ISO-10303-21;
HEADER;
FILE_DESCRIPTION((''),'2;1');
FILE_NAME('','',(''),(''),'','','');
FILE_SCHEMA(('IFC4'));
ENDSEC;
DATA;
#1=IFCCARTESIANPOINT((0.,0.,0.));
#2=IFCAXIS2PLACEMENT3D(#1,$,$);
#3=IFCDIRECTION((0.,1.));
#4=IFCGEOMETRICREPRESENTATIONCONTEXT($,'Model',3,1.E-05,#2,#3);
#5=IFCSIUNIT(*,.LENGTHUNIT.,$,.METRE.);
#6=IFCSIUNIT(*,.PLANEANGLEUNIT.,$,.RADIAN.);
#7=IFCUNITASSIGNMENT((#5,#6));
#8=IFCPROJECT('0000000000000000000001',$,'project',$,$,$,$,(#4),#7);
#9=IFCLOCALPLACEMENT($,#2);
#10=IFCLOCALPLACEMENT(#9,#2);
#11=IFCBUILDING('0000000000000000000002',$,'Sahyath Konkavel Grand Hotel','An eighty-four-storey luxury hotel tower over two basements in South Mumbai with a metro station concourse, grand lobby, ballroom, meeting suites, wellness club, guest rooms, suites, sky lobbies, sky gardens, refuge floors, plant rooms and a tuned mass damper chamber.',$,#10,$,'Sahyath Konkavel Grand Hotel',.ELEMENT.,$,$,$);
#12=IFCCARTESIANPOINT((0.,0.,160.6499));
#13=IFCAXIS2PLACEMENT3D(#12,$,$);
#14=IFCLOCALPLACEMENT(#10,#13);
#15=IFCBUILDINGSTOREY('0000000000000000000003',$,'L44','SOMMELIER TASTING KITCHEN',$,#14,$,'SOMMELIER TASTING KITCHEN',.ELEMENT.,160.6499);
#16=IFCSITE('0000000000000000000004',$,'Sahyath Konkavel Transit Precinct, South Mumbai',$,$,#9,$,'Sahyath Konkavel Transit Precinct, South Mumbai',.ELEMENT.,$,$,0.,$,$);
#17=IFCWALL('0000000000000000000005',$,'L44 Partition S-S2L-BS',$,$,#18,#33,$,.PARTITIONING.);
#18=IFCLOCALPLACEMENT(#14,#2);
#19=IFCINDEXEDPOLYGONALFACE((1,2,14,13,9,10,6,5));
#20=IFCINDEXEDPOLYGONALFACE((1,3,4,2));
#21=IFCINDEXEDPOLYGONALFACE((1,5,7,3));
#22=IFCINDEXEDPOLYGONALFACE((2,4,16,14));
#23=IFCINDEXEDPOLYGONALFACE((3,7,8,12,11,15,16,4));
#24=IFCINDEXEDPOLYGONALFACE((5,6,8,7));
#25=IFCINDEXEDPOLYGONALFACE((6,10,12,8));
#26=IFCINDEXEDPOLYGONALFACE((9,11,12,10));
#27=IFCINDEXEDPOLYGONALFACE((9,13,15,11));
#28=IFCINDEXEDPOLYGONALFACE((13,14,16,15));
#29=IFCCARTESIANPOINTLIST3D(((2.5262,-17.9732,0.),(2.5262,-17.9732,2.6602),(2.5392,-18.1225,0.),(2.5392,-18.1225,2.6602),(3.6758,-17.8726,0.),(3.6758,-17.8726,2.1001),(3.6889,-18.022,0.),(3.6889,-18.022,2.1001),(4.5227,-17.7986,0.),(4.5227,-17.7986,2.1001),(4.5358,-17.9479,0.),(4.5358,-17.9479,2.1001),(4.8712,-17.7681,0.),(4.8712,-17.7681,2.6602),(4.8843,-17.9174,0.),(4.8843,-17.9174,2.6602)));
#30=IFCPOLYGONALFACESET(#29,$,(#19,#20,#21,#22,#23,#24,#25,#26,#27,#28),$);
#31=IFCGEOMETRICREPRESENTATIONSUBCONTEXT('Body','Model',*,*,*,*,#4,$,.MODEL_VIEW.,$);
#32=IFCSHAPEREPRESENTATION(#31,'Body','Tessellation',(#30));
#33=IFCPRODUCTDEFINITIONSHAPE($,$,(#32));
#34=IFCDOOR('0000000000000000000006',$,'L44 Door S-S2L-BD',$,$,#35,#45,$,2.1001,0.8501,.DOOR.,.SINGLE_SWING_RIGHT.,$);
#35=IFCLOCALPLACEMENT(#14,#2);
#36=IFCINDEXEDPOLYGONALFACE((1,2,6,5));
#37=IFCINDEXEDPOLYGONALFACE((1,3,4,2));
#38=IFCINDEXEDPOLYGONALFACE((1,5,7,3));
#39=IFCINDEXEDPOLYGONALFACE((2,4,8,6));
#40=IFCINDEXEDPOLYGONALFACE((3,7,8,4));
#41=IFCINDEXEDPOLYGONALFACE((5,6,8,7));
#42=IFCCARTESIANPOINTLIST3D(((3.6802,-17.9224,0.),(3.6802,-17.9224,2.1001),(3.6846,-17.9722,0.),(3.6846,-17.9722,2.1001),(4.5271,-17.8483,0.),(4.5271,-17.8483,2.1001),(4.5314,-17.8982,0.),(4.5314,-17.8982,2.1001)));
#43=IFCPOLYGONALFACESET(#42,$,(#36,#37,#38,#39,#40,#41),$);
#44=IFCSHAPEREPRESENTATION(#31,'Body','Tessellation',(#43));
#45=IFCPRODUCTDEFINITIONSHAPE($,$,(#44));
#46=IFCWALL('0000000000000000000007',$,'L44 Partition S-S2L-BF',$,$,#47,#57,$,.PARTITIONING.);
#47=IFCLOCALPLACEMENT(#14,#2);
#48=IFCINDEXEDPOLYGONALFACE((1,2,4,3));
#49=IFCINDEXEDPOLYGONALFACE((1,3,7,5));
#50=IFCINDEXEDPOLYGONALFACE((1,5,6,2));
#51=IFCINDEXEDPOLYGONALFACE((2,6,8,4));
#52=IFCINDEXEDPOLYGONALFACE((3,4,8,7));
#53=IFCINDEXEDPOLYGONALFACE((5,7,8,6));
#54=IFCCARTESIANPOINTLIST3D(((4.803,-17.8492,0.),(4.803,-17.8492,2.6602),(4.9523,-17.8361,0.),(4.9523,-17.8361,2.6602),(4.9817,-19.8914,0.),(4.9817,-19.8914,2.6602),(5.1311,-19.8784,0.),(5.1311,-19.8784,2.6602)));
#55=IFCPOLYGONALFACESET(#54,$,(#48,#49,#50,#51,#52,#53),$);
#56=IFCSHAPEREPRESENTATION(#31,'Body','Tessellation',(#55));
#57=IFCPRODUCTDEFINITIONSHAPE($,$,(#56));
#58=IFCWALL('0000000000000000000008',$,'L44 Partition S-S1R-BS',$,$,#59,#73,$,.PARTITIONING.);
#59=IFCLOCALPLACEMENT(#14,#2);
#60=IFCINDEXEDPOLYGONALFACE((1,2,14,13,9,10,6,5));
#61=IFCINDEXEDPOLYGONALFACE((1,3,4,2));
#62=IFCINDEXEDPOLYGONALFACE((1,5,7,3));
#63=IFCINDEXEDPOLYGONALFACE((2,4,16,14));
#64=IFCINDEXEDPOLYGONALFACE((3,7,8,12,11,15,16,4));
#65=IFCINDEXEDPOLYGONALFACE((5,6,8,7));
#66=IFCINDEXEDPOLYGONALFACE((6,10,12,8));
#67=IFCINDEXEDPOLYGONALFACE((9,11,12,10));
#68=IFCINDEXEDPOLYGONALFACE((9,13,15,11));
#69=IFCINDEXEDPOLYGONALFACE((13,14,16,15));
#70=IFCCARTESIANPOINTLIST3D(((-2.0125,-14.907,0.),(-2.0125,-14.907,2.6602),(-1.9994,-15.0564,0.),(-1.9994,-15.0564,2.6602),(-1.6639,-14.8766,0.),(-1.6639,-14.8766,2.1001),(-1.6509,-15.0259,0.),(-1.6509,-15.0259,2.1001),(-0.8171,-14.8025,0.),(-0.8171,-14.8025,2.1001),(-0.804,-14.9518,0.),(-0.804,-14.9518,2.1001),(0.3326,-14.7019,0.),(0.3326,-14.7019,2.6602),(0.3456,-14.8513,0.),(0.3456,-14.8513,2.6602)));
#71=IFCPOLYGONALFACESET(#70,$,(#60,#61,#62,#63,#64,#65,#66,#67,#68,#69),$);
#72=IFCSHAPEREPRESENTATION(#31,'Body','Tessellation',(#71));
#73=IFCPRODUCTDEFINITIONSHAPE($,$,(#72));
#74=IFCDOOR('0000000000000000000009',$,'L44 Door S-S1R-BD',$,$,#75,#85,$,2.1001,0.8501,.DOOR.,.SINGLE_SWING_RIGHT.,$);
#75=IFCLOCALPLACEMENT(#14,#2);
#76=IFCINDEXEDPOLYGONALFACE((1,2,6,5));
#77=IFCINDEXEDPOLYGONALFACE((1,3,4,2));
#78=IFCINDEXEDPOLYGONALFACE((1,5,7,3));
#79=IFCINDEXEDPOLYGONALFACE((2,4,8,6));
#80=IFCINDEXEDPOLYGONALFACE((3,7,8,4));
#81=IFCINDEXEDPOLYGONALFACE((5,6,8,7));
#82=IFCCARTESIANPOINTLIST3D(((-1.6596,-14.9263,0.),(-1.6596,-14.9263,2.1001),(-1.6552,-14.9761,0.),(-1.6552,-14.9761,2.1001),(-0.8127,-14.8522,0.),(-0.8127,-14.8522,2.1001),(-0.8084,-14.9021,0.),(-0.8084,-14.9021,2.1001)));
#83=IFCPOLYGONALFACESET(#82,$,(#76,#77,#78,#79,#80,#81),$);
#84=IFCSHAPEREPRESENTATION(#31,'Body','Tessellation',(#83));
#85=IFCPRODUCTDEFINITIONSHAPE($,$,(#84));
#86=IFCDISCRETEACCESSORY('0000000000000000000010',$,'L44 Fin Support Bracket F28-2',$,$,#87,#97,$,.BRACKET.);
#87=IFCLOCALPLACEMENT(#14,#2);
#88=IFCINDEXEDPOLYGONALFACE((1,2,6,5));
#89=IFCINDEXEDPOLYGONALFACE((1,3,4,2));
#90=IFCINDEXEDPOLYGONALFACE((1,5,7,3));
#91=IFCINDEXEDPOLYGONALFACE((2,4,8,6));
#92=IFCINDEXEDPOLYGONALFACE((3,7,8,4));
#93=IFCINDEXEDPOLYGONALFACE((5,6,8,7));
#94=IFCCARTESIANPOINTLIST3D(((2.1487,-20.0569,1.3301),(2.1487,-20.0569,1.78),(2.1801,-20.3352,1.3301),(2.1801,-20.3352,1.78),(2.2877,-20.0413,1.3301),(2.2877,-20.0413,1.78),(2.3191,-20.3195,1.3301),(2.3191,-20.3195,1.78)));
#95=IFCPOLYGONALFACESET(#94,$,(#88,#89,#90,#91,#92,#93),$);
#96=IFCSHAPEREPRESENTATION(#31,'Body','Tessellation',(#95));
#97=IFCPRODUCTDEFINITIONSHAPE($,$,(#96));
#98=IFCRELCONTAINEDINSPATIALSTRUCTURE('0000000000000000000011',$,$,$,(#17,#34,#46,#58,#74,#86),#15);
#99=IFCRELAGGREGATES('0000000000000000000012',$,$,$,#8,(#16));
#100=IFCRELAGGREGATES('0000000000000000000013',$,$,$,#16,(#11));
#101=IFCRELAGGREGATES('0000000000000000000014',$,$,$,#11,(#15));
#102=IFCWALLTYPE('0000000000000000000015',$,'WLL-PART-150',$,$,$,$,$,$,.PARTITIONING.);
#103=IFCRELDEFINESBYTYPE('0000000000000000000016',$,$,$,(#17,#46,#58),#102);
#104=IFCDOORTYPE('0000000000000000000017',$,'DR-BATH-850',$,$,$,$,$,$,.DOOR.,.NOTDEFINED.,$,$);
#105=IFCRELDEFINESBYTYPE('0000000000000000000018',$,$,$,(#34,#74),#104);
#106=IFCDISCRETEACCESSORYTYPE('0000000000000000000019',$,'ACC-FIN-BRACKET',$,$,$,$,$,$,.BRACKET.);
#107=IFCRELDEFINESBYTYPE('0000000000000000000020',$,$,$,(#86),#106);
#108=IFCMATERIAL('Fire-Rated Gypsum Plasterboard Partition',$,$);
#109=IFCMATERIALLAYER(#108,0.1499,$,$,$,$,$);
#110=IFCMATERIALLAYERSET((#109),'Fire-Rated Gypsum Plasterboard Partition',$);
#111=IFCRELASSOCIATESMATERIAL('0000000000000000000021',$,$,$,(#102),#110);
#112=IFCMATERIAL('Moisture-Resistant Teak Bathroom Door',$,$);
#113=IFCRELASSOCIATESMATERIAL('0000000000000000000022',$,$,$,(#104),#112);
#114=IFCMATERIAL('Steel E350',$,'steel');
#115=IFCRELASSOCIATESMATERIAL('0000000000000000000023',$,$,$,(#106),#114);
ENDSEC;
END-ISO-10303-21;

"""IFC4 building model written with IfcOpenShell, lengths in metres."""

from ifc_helpers import new_model, si_unit, direction, frame, frame_2d, origin, origin_2d, place, context, subcontext, project, spatial, rectangle, extrude, source, transform, mapped, material, layer, layer_set, type_object, element, fill, save


model = new_model("IFC4")

# Units and contexts
model_context = context("Model", 3, precision=1e-05, world=origin(), true_north=direction((0.0, 1.0)))
body_context = subcontext(model_context, "Body", "Model", "MODEL_VIEW")
ifc_project = project(units=[si_unit("LENGTHUNIT", "METRE"), si_unit("PLANEANGLEUNIT", "RADIAN")], contexts=[model_context])

# Site, building, storey
site_placement = place(None, origin())
site = spatial("IfcSite", under=ifc_project, at=site_placement, Name="Sahyath Konkavel Transit Precinct, South Mumbai", LongName="Sahyath Konkavel Transit Precinct, South Mumbai", CompositionType="ELEMENT", RefElevation=0.0)
building_placement = place(site_placement, origin())
building = spatial("IfcBuilding", under=site, at=building_placement, Name="Sahyath Konkavel Grand Hotel", Description="An eighty-four-storey luxury hotel tower over two basements in South Mumbai with a metro station concourse, grand lobby, ballroom, meeting suites, wellness club, guest rooms, suites, sky lobbies, sky gardens, refuge floors, plant rooms and a tuned mass damper chamber.", LongName="Sahyath Konkavel Grand Hotel", CompositionType="ELEMENT")
storey_placement = place(building_placement, frame((0.0, 0.0, 160.6499)))
storey = spatial("IfcBuildingStorey", under=building, at=storey_placement, Name="L44", Description="SOMMELIER TASTING KITCHEN", LongName="SOMMELIER TASTING KITCHEN", CompositionType="ELEMENT", Elevation=160.6499)

# Shared definitions
ifc_material_1 = material(Name="Steel E350", Category="steel")

# Shared definitions
ifc_material_2 = material(Name="Fire-Rated Gypsum Plasterboard Partition")
ifc_layer_1 = layer(ifc_material_2, 0.1499)
ifc_layer_set_1 = layer_set([ifc_layer_1], Name="Fire-Rated Gypsum Plasterboard Partition")
wall_type_1 = type_object("IfcWallType", Name="WLL-PART-150", PredefinedType="PARTITIONING", material=ifc_layer_set_1)
shared_shape_1 = source(origin(), body_context, "Body", "SweptSolid", [
    extrude(rectangle(XDim=0.8501, YDim=0.05, at=origin_2d()), origin(), (0.0, 0.0, 1.0), 2.1001),
])

# Wall, opening, door
wall_1_placement = place(storey_placement, frame((2.5327, -18.0479, 0.0), z_axis=(0.0, 0.0, 1.0), x_axis=(0.996198, 0.087122, 0.0)))
wall_1 = element("IfcWall", 1, at=wall_1_placement, inside=storey, type_object=wall_type_1, Name="L44 Partition S-S2L-BS", PredefinedType="PARTITIONING", context=body_context, shape_type="SweptSolid", body=[
    extrude(rectangle(XDim=2.354, YDim=0.1499, at=frame_2d((1.177, 0.0))), origin(), (0.0, 0.0, 1.0), 2.6602),
])
opening_1_placement = place(wall_1_placement, frame((1.1541, 0.0, 0.0)))
opening_1 = element("IfcOpeningElement", 2, at=opening_1_placement, cuts=wall_1, PredefinedType="OPENING", context=body_context, shape_type="SweptSolid", body=[
    extrude(rectangle(XDim=0.8501, YDim=2.1001, at=frame_2d((0.425, 1.05))), frame((0.0, 0.085, 0.0), z_axis=(0.0, -1.0, 0.0), x_axis=(1.0, 0.0, 0.0)), (0.0, 0.0, 1.0), 0.1699),
])
ifc_material_3 = material(Name="Moisture-Resistant Teak Bathroom Door")
door_type_1 = type_object("IfcDoorType", Name="DR-BATH-850", OperationType="NOTDEFINED", PredefinedType="DOOR", material=ifc_material_3)
door_1_placement = place(opening_1_placement, frame((0.425, 0.0, 0.0)))
door_1 = element("IfcDoor", 3, at=door_1_placement, inside=storey, type_object=door_type_1, Name="L44 Door S-S2L-BD", OperationType="SINGLE_SWING_RIGHT", OverallHeight=2.1001, OverallWidth=0.8501, PredefinedType="DOOR", context=body_context, shape_type="MappedRepresentation", body=[
    mapped(shared_shape_1, transform((0.0, 0.0, 0.0), scale=1.0)),
])
fill(opening_1, door_1)

# Wall
wall_2_placement = place(storey_placement, frame((4.8777, -17.8428, 0.0), z_axis=(0.0, 0.0, 1.0), x_axis=(0.087174, -0.996193, 0.0)))
element("IfcWall", 4, at=wall_2_placement, inside=storey, type_object=wall_type_1, Name="L44 Partition S-S2L-BF", PredefinedType="PARTITIONING", context=body_context, shape_type="SweptSolid", body=[
    extrude(rectangle(XDim=2.05, YDim=0.1499, at=frame_2d((1.0249, 0.0))), origin(), (0.0, 0.0, 1.0), 2.6602),
])

# Wall, opening, door
wall_3_placement = place(storey_placement, frame((0.3391, -14.7766, 0.0), z_axis=(0.0, 0.0, 1.0), x_axis=(-0.996198, -0.087122, 0.0)))
wall_3 = element("IfcWall", 5, at=wall_3_placement, inside=storey, type_object=wall_type_1, Name="L44 Partition S-S1R-BS", PredefinedType="PARTITIONING", context=body_context, shape_type="SweptSolid", body=[
    extrude(rectangle(XDim=2.354, YDim=0.1499, at=frame_2d((1.177, 0.0))), origin(), (0.0, 0.0, 1.0), 2.6602),
])
opening_2_placement = place(wall_3_placement, frame((1.1541, 0.0, 0.0)))
opening_2 = element("IfcOpeningElement", 6, at=opening_2_placement, cuts=wall_3, PredefinedType="OPENING", context=body_context, shape_type="SweptSolid", body=[
    extrude(rectangle(XDim=0.8501, YDim=2.1001, at=frame_2d((0.425, 1.05))), frame((0.0, 0.085, 0.0), z_axis=(0.0, -1.0, 0.0), x_axis=(1.0, 0.0, 0.0)), (0.0, 0.0, 1.0), 0.1699),
])
door_2_placement = place(opening_2_placement, frame((0.425, 0.0, 0.0)))
door_2 = element("IfcDoor", 7, at=door_2_placement, inside=storey, type_object=door_type_1, Name="L44 Door S-S1R-BD", OperationType="SINGLE_SWING_RIGHT", OverallHeight=2.1001, OverallWidth=0.8501, PredefinedType="DOOR", context=body_context, shape_type="MappedRepresentation", body=[
    mapped(shared_shape_1, transform((0.0, 0.0, 0.0), scale=1.0)),
])
fill(opening_2, door_2)

# Discrete accessory
discrete_accessory_type = type_object("IfcDiscreteAccessoryType", Name="ACC-FIN-BRACKET", PredefinedType="BRACKET", material=ifc_material_1)
shared_shape_2 = source(origin(), body_context, "Body", "SweptSolid", [
    extrude(rectangle(XDim=0.28, YDim=0.1399, at=origin_2d()), origin(), (0.0, 0.0, 1.0), 0.45),
])
discrete_accessory_placement = place(storey_placement, frame((2.2339, -20.1882, 1.3301), z_axis=(0.0, 0.0, 1.0), x_axis=(0.112007, -0.993707, 0.0)))
element("IfcDiscreteAccessory", 8, at=discrete_accessory_placement, inside=storey, type_object=discrete_accessory_type, Name="L44 Fin Support Bracket F28-2", PredefinedType="BRACKET", context=body_context, shape_type="MappedRepresentation", body=[
    mapped(shared_shape_2, transform((0.0, 0.0, 0.0), scale=1.0)),
])

save(model, "model.ifc")
